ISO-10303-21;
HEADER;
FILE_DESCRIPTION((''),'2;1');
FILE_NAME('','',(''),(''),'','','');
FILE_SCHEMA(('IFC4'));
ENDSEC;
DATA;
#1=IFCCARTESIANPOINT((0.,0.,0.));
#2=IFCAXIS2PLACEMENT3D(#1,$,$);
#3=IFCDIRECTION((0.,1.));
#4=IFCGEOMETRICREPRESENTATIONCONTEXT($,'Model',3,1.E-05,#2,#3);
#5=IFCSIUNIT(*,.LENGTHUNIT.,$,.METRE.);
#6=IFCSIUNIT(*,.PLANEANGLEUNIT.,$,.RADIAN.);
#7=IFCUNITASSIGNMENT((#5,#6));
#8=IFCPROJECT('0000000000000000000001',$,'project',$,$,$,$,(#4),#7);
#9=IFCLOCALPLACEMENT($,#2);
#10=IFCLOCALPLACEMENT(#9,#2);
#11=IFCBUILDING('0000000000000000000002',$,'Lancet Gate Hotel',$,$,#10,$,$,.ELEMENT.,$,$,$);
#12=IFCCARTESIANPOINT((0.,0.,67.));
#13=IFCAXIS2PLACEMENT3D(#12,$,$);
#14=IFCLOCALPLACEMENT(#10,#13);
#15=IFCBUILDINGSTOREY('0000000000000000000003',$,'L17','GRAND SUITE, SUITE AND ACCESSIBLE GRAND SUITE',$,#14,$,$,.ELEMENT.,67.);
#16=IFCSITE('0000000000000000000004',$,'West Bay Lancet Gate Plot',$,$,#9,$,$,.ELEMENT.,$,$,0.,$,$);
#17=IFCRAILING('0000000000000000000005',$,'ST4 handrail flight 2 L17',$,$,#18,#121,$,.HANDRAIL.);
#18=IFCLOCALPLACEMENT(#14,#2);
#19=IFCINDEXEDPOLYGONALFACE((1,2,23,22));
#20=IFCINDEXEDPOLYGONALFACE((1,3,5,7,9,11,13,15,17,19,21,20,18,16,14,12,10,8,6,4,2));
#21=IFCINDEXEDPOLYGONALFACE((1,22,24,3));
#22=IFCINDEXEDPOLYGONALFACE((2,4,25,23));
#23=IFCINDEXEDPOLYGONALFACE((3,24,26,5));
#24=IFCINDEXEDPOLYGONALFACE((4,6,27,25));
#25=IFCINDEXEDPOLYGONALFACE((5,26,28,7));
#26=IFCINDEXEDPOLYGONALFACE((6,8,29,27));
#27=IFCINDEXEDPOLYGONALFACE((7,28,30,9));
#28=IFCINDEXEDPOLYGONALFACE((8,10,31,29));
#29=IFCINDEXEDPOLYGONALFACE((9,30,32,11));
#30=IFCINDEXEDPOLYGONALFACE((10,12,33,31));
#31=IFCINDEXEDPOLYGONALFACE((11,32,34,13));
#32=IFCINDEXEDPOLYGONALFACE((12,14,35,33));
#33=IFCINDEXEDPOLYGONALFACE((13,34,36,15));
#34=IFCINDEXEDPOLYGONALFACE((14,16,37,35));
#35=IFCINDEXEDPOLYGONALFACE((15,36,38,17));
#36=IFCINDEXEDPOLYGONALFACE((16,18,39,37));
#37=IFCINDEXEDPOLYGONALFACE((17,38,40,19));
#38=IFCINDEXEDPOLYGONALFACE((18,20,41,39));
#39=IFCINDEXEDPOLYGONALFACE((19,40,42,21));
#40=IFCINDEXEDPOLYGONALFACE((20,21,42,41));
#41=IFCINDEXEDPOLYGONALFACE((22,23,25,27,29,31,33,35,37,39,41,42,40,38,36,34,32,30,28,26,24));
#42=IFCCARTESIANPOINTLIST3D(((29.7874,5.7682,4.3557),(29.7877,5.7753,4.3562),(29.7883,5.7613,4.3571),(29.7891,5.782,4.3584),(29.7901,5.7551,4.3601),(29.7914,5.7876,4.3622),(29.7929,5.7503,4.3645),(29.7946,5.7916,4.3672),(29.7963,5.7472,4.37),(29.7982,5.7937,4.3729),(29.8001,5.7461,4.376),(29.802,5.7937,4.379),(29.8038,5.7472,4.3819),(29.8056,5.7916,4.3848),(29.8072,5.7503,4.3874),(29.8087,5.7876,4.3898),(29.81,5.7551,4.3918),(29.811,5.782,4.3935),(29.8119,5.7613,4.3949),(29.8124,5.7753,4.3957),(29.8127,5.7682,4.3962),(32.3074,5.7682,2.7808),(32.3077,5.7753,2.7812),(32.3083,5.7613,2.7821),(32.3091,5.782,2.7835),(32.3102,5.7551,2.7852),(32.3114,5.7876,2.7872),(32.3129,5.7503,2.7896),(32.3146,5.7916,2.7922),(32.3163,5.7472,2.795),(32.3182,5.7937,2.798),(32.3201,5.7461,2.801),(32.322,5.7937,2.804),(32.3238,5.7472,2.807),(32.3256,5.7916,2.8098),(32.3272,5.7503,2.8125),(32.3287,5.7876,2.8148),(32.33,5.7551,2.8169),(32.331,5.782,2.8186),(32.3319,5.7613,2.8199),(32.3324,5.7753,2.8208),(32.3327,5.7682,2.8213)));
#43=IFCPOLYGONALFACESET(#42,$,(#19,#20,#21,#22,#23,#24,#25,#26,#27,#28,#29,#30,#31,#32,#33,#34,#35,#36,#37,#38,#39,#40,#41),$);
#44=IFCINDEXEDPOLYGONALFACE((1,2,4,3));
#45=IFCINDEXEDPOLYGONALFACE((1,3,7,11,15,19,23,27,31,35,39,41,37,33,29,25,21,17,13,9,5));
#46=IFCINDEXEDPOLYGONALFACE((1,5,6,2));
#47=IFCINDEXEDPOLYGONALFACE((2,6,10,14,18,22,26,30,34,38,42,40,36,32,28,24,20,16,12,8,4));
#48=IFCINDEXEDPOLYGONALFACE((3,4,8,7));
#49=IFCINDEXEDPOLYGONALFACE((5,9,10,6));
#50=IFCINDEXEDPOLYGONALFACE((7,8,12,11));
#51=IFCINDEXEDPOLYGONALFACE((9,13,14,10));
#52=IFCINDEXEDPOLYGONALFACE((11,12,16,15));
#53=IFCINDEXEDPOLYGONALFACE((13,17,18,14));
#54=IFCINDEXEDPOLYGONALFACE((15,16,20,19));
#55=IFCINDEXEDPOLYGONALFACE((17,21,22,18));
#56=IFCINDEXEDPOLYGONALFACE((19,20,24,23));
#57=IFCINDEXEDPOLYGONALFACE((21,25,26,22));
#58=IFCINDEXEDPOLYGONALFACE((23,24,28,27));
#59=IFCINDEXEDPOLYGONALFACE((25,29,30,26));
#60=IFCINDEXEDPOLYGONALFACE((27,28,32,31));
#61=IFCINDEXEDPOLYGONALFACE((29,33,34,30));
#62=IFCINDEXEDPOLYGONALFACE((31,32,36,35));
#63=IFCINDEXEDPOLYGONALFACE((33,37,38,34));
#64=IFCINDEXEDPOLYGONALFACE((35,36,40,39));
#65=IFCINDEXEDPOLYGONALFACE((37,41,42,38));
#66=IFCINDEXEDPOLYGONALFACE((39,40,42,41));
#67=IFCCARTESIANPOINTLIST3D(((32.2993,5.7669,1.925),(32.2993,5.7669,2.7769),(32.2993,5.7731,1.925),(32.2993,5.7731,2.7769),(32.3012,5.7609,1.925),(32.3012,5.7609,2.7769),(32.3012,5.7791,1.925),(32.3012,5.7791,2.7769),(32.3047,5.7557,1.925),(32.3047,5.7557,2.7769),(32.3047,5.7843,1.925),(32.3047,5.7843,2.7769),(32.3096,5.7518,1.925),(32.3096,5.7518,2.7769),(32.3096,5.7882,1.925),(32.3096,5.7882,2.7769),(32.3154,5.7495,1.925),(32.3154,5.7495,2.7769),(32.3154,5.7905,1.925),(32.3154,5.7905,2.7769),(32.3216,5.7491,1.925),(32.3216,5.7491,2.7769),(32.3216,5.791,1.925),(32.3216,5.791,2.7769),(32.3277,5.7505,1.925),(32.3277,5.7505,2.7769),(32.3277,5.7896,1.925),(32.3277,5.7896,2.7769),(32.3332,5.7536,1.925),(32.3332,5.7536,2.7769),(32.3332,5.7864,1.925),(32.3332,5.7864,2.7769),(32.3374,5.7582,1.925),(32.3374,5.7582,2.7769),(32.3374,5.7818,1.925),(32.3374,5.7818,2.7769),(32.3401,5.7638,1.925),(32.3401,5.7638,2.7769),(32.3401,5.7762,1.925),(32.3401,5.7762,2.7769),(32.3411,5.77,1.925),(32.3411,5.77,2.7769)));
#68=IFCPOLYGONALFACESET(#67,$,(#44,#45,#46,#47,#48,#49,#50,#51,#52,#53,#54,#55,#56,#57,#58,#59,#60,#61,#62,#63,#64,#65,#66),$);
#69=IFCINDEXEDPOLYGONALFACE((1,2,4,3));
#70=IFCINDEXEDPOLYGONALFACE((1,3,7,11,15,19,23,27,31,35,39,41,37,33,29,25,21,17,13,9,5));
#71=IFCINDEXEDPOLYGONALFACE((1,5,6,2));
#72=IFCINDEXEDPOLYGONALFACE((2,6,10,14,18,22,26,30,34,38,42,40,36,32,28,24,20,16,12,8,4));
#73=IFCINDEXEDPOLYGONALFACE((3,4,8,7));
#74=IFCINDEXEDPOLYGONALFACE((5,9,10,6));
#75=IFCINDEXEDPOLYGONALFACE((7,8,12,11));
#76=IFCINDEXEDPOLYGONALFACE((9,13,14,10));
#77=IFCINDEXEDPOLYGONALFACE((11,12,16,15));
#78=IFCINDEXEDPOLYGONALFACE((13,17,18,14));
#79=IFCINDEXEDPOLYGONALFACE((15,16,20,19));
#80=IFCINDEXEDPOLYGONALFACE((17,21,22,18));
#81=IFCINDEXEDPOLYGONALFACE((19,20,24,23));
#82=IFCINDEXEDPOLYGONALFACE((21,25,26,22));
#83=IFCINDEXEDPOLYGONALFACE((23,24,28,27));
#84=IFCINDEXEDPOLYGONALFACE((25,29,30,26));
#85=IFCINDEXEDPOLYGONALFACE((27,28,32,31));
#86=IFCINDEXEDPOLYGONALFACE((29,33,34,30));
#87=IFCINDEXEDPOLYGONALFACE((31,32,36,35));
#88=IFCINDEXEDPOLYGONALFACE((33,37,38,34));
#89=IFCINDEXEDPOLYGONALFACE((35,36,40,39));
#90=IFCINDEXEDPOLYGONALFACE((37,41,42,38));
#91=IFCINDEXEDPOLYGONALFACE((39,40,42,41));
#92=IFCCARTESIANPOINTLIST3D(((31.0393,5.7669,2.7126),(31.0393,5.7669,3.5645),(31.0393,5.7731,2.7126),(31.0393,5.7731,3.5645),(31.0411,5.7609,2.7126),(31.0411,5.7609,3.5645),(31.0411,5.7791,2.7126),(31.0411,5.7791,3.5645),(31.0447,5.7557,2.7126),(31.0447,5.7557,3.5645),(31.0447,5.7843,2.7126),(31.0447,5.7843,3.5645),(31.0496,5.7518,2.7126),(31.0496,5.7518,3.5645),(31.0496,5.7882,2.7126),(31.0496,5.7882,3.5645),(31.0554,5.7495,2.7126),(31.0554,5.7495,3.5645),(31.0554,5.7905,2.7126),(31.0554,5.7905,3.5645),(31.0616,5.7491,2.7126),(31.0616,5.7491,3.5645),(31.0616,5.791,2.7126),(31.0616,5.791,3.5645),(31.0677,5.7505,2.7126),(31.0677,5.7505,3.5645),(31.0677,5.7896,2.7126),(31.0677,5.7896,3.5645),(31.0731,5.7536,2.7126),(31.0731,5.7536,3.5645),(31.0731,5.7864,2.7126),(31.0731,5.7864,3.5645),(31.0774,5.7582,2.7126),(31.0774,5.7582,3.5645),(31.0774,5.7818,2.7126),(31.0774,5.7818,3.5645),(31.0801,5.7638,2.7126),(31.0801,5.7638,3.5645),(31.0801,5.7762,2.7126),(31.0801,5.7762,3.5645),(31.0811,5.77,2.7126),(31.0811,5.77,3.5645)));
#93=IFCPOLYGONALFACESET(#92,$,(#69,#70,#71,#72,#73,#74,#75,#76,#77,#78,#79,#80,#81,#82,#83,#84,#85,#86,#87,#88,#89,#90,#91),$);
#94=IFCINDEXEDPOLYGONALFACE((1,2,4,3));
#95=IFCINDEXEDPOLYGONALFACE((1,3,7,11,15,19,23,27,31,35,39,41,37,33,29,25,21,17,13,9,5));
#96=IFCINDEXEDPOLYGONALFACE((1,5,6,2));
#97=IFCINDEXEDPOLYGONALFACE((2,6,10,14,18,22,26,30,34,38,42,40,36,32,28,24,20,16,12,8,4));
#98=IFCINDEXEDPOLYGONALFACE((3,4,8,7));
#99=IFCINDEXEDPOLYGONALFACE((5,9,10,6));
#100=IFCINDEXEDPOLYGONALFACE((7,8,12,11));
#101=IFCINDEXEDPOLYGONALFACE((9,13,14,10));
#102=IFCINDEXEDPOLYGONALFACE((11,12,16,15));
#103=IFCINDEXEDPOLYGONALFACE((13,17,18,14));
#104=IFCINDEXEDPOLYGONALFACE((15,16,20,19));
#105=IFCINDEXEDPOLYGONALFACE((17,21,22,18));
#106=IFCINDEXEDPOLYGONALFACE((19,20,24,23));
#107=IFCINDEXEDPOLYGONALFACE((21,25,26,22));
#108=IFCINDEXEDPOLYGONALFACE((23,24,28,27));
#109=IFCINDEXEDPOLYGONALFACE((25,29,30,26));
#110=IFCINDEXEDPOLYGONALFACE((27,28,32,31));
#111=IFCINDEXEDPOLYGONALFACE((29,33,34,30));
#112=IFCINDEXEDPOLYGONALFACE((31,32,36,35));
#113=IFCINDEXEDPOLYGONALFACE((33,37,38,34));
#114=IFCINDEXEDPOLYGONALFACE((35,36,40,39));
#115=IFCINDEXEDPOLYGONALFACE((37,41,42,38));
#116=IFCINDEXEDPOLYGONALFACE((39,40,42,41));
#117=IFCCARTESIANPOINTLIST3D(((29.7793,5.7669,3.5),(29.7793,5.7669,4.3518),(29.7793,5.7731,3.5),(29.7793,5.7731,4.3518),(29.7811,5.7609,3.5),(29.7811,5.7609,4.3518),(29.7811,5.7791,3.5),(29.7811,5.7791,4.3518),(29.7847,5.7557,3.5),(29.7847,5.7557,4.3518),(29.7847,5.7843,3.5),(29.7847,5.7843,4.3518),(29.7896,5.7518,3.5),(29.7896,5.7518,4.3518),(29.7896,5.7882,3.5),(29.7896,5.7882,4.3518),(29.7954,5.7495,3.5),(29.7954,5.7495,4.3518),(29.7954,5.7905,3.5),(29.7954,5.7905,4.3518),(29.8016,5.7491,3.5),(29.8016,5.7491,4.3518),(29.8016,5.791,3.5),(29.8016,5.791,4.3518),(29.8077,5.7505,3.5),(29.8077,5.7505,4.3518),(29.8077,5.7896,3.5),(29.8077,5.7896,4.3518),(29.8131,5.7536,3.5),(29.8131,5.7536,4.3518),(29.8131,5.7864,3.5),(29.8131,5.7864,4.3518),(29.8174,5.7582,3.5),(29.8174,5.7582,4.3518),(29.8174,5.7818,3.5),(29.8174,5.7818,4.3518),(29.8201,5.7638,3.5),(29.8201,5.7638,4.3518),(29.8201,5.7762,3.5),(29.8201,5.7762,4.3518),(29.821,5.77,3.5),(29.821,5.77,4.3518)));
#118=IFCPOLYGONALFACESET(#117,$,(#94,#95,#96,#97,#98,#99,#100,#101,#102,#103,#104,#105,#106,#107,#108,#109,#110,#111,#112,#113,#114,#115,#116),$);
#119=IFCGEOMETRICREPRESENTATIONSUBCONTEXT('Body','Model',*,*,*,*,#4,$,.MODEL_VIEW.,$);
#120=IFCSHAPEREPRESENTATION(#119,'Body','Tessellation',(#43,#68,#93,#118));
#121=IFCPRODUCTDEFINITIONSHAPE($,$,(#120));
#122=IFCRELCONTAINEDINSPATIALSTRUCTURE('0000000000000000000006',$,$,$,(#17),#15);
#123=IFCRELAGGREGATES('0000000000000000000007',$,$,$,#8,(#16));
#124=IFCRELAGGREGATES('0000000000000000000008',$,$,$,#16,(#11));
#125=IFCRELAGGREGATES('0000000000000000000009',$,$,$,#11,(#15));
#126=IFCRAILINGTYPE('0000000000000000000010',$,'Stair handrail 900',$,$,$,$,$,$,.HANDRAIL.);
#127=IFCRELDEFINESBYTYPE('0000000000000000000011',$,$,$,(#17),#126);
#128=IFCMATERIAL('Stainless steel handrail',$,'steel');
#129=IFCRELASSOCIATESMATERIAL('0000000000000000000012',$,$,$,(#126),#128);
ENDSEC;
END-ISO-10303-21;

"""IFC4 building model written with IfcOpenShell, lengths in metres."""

from ifc_helpers import new_model, si_unit, direction, frame, origin, origin_2d, place, context, subcontext, project, spatial, circle, extrude, material, type_object, element, save


model = new_model("IFC4")

# Units and contexts
model_context = context("Model", 3, precision=1e-05, world=origin(), true_north=direction((0.0, 1.0)))
body_context = subcontext(model_context, "Body", "Model", "MODEL_VIEW")
ifc_project = project(units=[si_unit("LENGTHUNIT", "METRE"), si_unit("PLANEANGLEUNIT", "RADIAN")], contexts=[model_context])

# Site, building, storey
site_placement = place(None, origin())
site = spatial("IfcSite", under=ifc_project, at=site_placement, Name="West Bay Lancet Gate Plot", CompositionType="ELEMENT", RefElevation=0.0)
building_placement = place(site_placement, origin())
building = spatial("IfcBuilding", under=site, at=building_placement, Name="Lancet Gate Hotel", CompositionType="ELEMENT")
storey_placement = place(building_placement, frame((0.0, 0.0, 67.0)))
storey = spatial("IfcBuildingStorey", under=building, at=storey_placement, Name="L17", Description="GRAND SUITE, SUITE AND ACCESSIBLE GRAND SUITE", CompositionType="ELEMENT", Elevation=67.0)

# Railing
ifc_material_1 = material(Name="Stainless steel handrail", Category="steel")
railing_type = type_object("IfcRailingType", Name="Stair handrail 900", PredefinedType="HANDRAIL", material=ifc_material_1)
railing_1_placement = place(storey_placement, frame((32.3201, 5.77, 1.925)))
element("IfcRailing", 1, at=railing_1_placement, inside=storey, type_object=railing_type, Name="ST4 handrail flight 2 L17", PredefinedType="HANDRAIL", context=body_context, shape_type="SweptSolid", body=[
    extrude(circle(Radius=0.0239, at=origin_2d()), frame((0.0, 0.0, 0.876), z_axis=(-0.848008, 0.0, 0.529984), x_axis=(0.0, -1.0, 0.0)), (0.0, 0.0, 1.0), 2.9717),
    extrude(circle(Radius=0.021, at=origin_2d()), origin(), (0.0, 0.0, 1.0), 0.8518),
    extrude(circle(Radius=0.021, at=origin_2d()), frame((-1.26, 0.0, 0.7876)), (0.0, 0.0, 1.0), 0.8518),
    extrude(circle(Radius=0.021, at=origin_2d()), frame((-2.52, 0.0, 1.575)), (0.0, 0.0, 1.0), 0.8518),
])

save(model, "model.ifc")
